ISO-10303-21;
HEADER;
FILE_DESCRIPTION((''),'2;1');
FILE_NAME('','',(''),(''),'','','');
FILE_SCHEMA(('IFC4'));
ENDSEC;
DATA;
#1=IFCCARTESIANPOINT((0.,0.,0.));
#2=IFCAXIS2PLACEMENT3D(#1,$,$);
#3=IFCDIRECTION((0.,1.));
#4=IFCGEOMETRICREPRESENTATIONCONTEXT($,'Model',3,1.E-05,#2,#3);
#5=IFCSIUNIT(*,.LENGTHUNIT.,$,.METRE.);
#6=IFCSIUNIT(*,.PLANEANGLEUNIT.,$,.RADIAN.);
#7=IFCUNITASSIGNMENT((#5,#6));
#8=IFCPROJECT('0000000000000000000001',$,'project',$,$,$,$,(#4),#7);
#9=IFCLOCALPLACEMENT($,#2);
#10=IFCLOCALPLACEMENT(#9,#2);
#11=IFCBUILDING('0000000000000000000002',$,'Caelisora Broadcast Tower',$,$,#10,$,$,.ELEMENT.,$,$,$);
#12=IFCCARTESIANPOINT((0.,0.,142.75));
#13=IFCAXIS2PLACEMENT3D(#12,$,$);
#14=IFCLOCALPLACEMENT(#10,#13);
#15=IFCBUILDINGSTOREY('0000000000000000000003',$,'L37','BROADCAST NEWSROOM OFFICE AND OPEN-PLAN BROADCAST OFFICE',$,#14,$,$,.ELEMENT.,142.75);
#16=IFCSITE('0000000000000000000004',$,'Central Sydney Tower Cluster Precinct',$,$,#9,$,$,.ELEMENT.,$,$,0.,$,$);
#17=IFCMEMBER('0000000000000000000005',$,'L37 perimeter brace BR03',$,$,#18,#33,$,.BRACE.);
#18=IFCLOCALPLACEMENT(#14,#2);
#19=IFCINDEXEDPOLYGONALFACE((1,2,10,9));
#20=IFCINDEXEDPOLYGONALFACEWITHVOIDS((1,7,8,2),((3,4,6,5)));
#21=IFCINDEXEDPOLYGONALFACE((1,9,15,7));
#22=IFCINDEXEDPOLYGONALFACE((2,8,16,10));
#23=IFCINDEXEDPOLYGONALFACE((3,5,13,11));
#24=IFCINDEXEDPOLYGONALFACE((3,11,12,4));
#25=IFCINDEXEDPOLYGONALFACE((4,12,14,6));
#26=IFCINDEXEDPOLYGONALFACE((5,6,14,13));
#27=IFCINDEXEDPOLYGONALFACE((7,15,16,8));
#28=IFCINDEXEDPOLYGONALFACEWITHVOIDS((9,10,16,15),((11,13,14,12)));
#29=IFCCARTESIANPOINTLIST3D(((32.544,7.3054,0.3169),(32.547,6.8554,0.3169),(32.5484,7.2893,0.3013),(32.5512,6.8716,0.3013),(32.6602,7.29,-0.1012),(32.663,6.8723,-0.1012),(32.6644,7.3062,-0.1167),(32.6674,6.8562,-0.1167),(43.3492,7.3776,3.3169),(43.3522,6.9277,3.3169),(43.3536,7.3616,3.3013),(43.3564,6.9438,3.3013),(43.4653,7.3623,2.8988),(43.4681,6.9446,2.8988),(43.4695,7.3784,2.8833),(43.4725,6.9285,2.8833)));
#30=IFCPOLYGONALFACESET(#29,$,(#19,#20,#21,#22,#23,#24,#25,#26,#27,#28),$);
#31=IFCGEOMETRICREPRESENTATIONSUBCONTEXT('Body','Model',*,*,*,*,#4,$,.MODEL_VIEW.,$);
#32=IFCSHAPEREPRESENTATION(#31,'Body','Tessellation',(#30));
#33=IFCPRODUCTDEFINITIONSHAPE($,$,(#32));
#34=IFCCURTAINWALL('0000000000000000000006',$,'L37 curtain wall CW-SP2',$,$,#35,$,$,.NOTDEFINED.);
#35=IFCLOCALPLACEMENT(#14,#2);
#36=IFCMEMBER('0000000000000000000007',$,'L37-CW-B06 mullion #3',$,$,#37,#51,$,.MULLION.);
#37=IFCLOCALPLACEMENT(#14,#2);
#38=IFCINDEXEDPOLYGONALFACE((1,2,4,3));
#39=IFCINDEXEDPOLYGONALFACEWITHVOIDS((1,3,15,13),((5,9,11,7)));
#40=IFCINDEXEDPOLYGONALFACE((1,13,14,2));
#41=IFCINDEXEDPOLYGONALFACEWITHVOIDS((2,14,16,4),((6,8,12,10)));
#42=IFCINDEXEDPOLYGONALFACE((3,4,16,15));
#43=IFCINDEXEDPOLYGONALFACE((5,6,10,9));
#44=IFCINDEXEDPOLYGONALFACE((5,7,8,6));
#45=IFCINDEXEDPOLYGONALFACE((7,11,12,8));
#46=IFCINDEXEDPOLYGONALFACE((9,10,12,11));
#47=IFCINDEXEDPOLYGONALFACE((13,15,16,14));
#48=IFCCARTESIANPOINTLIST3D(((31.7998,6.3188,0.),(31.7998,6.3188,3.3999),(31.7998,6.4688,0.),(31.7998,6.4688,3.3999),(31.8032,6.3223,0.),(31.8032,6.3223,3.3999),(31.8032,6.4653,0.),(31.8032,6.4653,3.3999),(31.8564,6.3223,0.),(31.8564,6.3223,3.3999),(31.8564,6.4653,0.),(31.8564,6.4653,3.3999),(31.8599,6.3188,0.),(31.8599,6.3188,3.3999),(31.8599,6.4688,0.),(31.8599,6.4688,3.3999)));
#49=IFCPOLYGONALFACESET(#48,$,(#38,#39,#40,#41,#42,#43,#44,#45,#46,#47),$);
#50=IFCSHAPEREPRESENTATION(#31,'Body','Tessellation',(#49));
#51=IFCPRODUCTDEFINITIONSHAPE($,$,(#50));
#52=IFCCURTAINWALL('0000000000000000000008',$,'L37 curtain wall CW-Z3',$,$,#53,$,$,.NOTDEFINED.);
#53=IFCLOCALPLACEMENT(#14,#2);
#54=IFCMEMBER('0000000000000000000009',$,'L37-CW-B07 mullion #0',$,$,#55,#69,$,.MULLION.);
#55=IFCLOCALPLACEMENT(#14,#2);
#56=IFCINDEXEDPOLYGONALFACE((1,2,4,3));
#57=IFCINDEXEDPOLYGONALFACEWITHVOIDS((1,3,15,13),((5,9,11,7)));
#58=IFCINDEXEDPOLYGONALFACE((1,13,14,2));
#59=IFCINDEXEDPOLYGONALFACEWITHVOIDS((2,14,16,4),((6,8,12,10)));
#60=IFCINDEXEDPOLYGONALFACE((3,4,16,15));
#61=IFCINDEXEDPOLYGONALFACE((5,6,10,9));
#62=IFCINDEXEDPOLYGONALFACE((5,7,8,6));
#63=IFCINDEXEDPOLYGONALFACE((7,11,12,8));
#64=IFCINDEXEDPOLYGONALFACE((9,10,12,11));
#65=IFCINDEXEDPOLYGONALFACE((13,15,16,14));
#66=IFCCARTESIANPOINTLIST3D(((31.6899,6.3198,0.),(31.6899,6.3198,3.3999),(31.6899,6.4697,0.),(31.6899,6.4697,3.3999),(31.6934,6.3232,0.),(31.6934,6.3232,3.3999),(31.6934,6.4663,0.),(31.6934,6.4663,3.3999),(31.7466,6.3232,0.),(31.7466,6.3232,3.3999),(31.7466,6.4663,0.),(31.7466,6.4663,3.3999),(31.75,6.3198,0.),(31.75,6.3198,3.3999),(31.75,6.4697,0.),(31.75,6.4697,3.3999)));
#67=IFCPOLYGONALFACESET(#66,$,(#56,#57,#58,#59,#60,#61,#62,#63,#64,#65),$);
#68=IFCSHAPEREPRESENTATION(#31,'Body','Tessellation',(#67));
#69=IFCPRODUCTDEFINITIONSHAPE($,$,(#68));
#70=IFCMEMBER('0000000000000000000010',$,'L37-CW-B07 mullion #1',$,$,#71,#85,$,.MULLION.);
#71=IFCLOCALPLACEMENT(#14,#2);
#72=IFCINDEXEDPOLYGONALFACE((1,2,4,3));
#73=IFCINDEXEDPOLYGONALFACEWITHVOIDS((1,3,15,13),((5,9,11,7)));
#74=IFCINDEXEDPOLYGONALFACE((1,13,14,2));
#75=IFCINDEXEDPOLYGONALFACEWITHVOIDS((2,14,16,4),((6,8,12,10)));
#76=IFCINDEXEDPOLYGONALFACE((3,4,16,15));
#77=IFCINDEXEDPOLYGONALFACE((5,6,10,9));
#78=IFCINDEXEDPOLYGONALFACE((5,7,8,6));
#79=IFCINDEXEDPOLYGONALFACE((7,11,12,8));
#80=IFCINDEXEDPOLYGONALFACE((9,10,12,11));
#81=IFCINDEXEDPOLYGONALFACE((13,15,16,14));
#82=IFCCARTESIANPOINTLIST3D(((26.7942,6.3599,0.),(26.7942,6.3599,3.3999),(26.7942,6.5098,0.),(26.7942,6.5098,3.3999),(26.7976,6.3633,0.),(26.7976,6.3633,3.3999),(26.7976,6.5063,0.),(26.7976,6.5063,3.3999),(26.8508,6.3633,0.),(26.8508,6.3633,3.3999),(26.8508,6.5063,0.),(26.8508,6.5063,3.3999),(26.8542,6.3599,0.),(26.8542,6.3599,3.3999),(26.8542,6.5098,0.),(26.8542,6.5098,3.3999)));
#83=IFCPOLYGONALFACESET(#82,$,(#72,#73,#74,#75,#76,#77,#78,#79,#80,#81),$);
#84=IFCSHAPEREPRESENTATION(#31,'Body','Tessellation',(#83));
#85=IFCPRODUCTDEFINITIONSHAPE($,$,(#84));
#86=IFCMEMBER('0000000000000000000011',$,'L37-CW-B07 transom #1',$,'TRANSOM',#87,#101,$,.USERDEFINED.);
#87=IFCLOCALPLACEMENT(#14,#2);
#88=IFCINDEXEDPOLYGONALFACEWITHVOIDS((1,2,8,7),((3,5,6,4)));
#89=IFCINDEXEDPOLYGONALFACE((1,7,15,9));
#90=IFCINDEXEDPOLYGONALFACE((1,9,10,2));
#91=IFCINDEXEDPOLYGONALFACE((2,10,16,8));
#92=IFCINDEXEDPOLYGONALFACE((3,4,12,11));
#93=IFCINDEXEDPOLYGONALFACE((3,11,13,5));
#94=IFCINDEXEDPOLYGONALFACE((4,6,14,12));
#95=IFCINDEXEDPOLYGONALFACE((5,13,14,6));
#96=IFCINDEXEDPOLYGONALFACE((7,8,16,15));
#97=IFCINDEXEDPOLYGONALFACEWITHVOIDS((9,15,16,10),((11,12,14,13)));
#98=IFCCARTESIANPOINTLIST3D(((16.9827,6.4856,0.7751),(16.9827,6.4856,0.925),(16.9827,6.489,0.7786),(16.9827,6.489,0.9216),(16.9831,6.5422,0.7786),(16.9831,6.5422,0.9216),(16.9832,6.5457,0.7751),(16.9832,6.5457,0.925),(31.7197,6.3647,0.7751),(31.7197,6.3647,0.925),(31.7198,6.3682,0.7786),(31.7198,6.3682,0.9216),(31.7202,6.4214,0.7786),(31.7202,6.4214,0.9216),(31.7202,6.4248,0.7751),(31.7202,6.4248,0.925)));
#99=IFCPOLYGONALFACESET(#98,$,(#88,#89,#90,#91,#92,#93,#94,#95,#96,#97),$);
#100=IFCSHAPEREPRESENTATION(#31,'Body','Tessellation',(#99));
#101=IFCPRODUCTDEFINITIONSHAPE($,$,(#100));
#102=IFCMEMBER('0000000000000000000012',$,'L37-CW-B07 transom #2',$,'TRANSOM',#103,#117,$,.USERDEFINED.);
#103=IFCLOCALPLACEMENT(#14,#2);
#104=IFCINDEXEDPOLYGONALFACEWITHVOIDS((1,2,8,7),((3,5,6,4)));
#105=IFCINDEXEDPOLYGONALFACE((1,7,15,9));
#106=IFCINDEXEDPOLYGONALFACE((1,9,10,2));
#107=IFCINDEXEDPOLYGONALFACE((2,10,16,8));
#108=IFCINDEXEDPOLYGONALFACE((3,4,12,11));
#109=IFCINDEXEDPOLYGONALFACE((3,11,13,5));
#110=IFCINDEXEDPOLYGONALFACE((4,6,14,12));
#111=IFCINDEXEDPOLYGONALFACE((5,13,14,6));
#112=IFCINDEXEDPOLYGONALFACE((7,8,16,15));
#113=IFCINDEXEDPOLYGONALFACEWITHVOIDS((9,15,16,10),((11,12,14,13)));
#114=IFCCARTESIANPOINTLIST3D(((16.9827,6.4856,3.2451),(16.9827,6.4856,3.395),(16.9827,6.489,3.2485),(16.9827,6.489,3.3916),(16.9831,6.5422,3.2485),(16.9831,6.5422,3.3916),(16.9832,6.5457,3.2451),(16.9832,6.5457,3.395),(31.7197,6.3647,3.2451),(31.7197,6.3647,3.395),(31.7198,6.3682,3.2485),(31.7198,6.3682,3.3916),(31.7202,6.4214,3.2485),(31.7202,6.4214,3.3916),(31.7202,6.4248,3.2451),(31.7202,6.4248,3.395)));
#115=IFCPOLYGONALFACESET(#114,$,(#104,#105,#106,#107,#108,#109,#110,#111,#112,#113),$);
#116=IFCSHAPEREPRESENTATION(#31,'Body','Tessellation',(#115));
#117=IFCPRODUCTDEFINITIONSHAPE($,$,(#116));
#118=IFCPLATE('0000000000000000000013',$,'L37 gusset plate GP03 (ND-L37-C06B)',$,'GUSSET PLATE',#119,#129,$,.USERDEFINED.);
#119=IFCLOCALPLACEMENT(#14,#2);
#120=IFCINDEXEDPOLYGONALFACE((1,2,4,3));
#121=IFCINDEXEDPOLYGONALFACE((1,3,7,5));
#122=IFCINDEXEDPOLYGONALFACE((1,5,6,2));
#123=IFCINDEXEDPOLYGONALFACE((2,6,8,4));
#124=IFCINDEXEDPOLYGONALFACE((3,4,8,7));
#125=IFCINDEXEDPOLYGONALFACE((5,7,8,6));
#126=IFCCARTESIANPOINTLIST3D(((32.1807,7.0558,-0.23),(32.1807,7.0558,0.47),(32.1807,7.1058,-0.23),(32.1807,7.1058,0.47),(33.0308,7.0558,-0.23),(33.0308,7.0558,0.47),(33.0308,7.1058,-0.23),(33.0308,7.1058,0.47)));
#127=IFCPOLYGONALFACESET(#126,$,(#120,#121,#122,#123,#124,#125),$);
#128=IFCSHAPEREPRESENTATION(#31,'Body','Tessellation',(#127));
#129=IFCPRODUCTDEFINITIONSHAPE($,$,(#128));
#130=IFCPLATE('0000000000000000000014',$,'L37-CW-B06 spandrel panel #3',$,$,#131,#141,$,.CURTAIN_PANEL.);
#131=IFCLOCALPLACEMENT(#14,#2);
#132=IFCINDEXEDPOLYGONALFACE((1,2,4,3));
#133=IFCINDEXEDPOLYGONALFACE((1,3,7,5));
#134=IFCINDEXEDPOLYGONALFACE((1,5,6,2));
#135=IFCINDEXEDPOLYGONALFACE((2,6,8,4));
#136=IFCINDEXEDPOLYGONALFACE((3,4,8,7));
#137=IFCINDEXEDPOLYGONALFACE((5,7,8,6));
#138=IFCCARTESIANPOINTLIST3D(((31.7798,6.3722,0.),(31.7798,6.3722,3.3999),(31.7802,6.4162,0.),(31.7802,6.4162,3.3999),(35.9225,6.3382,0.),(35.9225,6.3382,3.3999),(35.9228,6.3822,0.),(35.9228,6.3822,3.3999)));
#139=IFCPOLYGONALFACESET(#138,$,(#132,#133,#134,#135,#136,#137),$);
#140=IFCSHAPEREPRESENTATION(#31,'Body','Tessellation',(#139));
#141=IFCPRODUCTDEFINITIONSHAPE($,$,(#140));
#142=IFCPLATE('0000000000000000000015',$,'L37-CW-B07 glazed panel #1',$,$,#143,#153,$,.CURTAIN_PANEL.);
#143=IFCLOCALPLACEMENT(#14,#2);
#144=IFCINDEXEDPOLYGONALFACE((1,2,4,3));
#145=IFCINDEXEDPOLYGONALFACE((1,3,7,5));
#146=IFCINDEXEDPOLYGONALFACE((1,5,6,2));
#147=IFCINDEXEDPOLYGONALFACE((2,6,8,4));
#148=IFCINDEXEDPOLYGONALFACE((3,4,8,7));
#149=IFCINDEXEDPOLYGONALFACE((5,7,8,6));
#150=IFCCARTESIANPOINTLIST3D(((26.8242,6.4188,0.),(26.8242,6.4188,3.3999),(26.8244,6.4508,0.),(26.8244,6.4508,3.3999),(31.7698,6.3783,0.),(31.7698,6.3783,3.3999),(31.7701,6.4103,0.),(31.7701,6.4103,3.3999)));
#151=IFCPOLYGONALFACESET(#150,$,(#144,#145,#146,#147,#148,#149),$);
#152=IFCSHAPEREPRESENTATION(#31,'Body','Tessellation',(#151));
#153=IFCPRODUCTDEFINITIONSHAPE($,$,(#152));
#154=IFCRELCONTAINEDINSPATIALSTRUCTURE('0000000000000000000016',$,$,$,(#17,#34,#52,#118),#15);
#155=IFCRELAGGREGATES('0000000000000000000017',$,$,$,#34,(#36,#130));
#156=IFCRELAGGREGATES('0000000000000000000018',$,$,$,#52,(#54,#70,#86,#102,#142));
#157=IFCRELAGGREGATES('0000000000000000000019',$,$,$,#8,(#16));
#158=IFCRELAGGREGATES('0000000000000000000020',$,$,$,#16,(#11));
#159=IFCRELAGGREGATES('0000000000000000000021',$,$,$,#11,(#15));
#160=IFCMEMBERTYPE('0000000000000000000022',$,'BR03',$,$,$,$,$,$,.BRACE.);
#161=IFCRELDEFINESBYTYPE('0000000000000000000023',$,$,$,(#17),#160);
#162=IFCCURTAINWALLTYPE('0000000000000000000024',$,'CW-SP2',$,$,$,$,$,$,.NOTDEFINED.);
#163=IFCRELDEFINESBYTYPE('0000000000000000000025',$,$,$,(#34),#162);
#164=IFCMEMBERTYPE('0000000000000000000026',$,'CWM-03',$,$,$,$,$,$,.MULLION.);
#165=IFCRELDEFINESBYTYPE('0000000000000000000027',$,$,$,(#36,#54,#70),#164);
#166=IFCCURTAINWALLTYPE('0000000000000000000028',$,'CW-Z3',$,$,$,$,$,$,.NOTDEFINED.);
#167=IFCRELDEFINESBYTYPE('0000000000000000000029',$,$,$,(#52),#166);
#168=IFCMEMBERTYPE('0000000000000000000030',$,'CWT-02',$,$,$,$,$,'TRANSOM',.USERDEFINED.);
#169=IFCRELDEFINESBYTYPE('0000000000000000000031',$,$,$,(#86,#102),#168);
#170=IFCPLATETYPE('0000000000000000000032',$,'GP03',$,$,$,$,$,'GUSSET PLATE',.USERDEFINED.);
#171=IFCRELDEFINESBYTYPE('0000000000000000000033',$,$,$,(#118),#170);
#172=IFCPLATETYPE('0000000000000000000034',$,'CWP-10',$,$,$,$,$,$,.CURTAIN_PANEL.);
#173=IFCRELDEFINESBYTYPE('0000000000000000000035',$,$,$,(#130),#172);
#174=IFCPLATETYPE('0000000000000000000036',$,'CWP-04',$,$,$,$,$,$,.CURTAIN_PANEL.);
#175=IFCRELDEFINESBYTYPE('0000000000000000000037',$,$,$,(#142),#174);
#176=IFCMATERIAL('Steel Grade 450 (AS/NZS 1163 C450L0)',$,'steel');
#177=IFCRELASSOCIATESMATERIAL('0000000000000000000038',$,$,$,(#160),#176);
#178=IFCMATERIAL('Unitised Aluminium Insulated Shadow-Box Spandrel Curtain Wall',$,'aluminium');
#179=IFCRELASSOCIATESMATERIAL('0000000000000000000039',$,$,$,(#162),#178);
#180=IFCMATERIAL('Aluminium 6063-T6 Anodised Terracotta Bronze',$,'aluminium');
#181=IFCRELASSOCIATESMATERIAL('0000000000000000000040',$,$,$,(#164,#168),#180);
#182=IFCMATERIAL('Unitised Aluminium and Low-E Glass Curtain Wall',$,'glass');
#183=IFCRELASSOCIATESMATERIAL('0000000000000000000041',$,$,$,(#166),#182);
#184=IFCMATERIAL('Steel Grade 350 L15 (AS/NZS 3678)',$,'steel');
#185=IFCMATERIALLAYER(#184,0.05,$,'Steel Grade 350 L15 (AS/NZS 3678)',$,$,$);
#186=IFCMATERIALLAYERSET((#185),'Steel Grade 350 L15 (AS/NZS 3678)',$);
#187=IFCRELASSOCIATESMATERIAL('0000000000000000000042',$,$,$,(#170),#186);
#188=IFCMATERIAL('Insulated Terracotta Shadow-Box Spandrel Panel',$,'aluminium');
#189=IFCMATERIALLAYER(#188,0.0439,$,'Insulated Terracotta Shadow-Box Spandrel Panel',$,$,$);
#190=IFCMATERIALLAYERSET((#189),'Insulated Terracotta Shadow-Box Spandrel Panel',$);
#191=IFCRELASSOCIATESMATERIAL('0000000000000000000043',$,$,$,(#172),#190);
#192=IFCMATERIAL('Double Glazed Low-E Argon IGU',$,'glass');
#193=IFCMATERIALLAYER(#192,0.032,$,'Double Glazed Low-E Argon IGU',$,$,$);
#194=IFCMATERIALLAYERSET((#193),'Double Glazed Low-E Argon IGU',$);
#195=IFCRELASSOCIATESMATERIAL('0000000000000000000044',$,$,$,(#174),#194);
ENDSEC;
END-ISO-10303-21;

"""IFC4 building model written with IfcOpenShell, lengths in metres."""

from ifc_helpers import new_model, si_unit, direction, frame, origin, origin_2d, place, context, subcontext, project, spatial, rectangle, hollow_rectangle, extrude, source, transform, mapped, material, layer, layer_set, material_profile, profile_set, type_object, type_shapes, element, aggregate, save


model = new_model("IFC4")

# Units and contexts
model_context = context("Model", 3, precision=1e-05, world=origin(), true_north=direction((0.0, 1.0)))
body_context = subcontext(model_context, "Body", "Model", "MODEL_VIEW")
ifc_project = project(units=[si_unit("LENGTHUNIT", "METRE"), si_unit("PLANEANGLEUNIT", "RADIAN")], contexts=[model_context])

# Site, building, storey
site_placement = place(None, origin())
site = spatial("IfcSite", under=ifc_project, at=site_placement, Name="Central Sydney Tower Cluster Precinct", CompositionType="ELEMENT", RefElevation=0.0)
building_placement = place(site_placement, origin())
building = spatial("IfcBuilding", under=site, at=building_placement, Name="Caelisora Broadcast Tower", CompositionType="ELEMENT")
storey_placement = place(building_placement, frame((0.0, 0.0, 142.75)))
storey = spatial("IfcBuildingStorey", under=building, at=storey_placement, Name="L37", Description="BROADCAST NEWSROOM OFFICE AND OPEN-PLAN BROADCAST OFFICE", CompositionType="ELEMENT", Elevation=142.75)

# Shared definitions
ifc_material_1 = material(Name="Steel Grade 350 L15 (AS/NZS 3678)", Category="steel")

# Member
ifc_material_2 = material(Name="Steel Grade 450 (AS/NZS 1163 C450L0)", Category="steel")
ifc_material_profile_1 = material_profile(ifc_material_2, hollow_rectangle(XDim=0.45, YDim=0.45, WallThickness=0.0161, at=origin_2d()), Name="Steel Grade 450 (AS/NZS 1163 C450L0)")
ifc_profile_set_1 = profile_set([ifc_material_profile_1], Name="Steel Grade 450 (AS/NZS 1163 C450L0)")
member_type_1 = type_object("IfcMemberType", Name="BR03", PredefinedType="BRACE", material=ifc_profile_set_1)
shared_shape_1 = source(origin(), body_context, "Body", "SweptSolid", [
    extrude(hollow_rectangle(XDim=0.45, YDim=0.45, WallThickness=0.0161, at=origin_2d()), origin(), (0.0, 0.0, 1.0), 11.2141),
])
type_shapes(member_type_1, [shared_shape_1])
member_1_placement = place(storey_placement, frame((32.6057, 7.0808, 0.1001), z_axis=(0.963531, 0.006444, 0.267519), x_axis=(-0.006688, 0.999978, 0.0)))
element("IfcMember", 1, at=member_1_placement, inside=storey, type_object=member_type_1, Name="L37 perimeter brace BR03", PredefinedType="BRACE", context=body_context, shape_type="MappedRepresentation", body=[
    mapped(shared_shape_1, transform((0.0, 0.0, 0.0), scale=1.0)),
])

# Curtain wall, member
ifc_material_3 = material(Name="Unitised Aluminium Insulated Shadow-Box Spandrel Curtain Wall", Category="aluminium")
curtain_wall_type_1 = type_object("IfcCurtainWallType", Name="CW-SP2", PredefinedType="NOTDEFINED", material=ifc_material_3)
curtain_wall_1_placement = place(storey_placement, origin())
curtain_wall_1 = element("IfcCurtainWall", 2, at=curtain_wall_1_placement, inside=storey, type_object=curtain_wall_type_1, Name="L37 curtain wall CW-SP2", PredefinedType="NOTDEFINED")
ifc_material_4 = material(Name="Aluminium 6063-T6 Anodised Terracotta Bronze", Category="aluminium")
ifc_material_profile_2 = material_profile(ifc_material_4, hollow_rectangle(XDim=0.0601, YDim=0.1499, WallThickness=0.0034, at=origin_2d()), Name="Aluminium 6063-T6 Anodised Terracotta Bronze")
ifc_profile_set_2 = profile_set([ifc_material_profile_2], Name="Aluminium 6063-T6 Anodised Terracotta Bronze")
member_type_2 = type_object("IfcMemberType", Name="CWM-03", PredefinedType="MULLION", material=ifc_profile_set_2)
shared_shape_2 = source(origin(), body_context, "Body", "SweptSolid", [
    extrude(hollow_rectangle(XDim=0.0601, YDim=0.1499, WallThickness=0.0034, at=origin_2d()), origin(), (0.0, 0.0, 1.0), 3.3999),
])
type_shapes(member_type_2, [shared_shape_2])
member_2_placement = place(storey_placement, frame((31.8298, 6.3938, 0.0), z_axis=(0.0, 0.0, 1.0), x_axis=(1.0, 0.0, 0.0)))
member_2 = element("IfcMember", 3, at=member_2_placement, type_object=member_type_2, Name="L37-CW-B06 mullion #3", PredefinedType="MULLION", context=body_context, shape_type="MappedRepresentation", body=[
    mapped(shared_shape_2, transform((0.0, 0.0, 0.0), scale=1.0)),
])

# Curtain wall, members
ifc_material_5 = material(Name="Unitised Aluminium and Low-E Glass Curtain Wall", Category="glass")
curtain_wall_type_2 = type_object("IfcCurtainWallType", Name="CW-Z3", PredefinedType="NOTDEFINED", material=ifc_material_5)
curtain_wall_2_placement = place(storey_placement, origin())
curtain_wall_2 = element("IfcCurtainWall", 4, at=curtain_wall_2_placement, inside=storey, type_object=curtain_wall_type_2, Name="L37 curtain wall CW-Z3", PredefinedType="NOTDEFINED")
member_3_placement = place(storey_placement, frame((31.72, 6.3948, 0.0), z_axis=(0.0, 0.0, 1.0), x_axis=(1.0, 0.0, 0.0)))
member_3 = element("IfcMember", 5, at=member_3_placement, type_object=member_type_2, Name="L37-CW-B07 mullion #0", PredefinedType="MULLION", context=body_context, shape_type="MappedRepresentation", body=[
    mapped(shared_shape_2, transform((0.0, 0.0, 0.0), scale=1.0)),
])
member_4_placement = place(storey_placement, frame((26.8242, 6.4348, 0.0), z_axis=(0.0, 0.0, 1.0), x_axis=(1.0, 0.0, 0.0)))
member_4 = element("IfcMember", 6, at=member_4_placement, type_object=member_type_2, Name="L37-CW-B07 mullion #1", PredefinedType="MULLION", context=body_context, shape_type="MappedRepresentation", body=[
    mapped(shared_shape_2, transform((0.0, 0.0, 0.0), scale=1.0)),
])
ifc_material_profile_3 = material_profile(ifc_material_4, hollow_rectangle(XDim=0.0601, YDim=0.1499, WallThickness=0.0034, at=origin_2d()), Name="Aluminium 6063-T6 Anodised Terracotta Bronze")
ifc_profile_set_3 = profile_set([ifc_material_profile_3], Name="Aluminium 6063-T6 Anodised Terracotta Bronze")
member_type_3 = type_object("IfcMemberType", Name="CWT-02", ElementType="TRANSOM", PredefinedType="USERDEFINED", material=ifc_profile_set_3)
shared_shape_3 = source(origin(), body_context, "Body", "SweptSolid", [
    extrude(hollow_rectangle(XDim=0.0601, YDim=0.1499, WallThickness=0.0034, at=origin_2d()), origin(), (0.0, 0.0, 1.0), 14.7375),
])
type_shapes(member_type_3, [shared_shape_3])
member_5_placement = place(storey_placement, frame((31.72, 6.3948, 0.8501), z_axis=(-0.999966, 0.0082, 0.0), x_axis=(-0.0082, -0.999966, 0.0)))
member_5 = element("IfcMember", 7, at=member_5_placement, type_object=member_type_3, Name="L37-CW-B07 transom #1", ObjectType="TRANSOM", PredefinedType="USERDEFINED", context=body_context, shape_type="MappedRepresentation", body=[
    mapped(shared_shape_3, transform((0.0, 0.0, 0.0), scale=1.0)),
])
member_6_placement = place(storey_placement, frame((31.72, 6.3948, 3.3201), z_axis=(-0.999966, 0.0082, 0.0), x_axis=(-0.0082, -0.999966, 0.0)))
member_6 = element("IfcMember", 8, at=member_6_placement, type_object=member_type_3, Name="L37-CW-B07 transom #2", ObjectType="TRANSOM", PredefinedType="USERDEFINED", context=body_context, shape_type="MappedRepresentation", body=[
    mapped(shared_shape_3, transform((0.0, 0.0, 0.0), scale=1.0)),
])

# Plates
ifc_layer_1 = layer(ifc_material_1, 0.05, Name="Steel Grade 350 L15 (AS/NZS 3678)")
ifc_layer_set_1 = layer_set([ifc_layer_1], Name="Steel Grade 350 L15 (AS/NZS 3678)")
plate_type_1 = type_object("IfcPlateType", Name="GP03", ElementType="GUSSET PLATE", PredefinedType="USERDEFINED", material=ifc_layer_set_1)
shared_shape_4 = source(origin(), body_context, "Body", "SweptSolid", [
    extrude(rectangle(XDim=0.8501, YDim=0.05, at=origin_2d()), origin(), (0.0, 0.0, 1.0), 0.7),
])
type_shapes(plate_type_1, [shared_shape_4])
plate_1_placement = place(storey_placement, frame((32.6057, 7.0808, -0.23), z_axis=(0.0, 0.0, 1.0), x_axis=(1.0, 0.0, 0.0)))
element("IfcPlate", 9, at=plate_1_placement, inside=storey, type_object=plate_type_1, Name="L37 gusset plate GP03 (ND-L37-C06B)", ObjectType="GUSSET PLATE", PredefinedType="USERDEFINED", context=body_context, shape_type="MappedRepresentation", body=[
    mapped(shared_shape_4, transform((0.0, 0.0, 0.0), scale=1.0)),
])
ifc_material_6 = material(Name="Insulated Terracotta Shadow-Box Spandrel Panel", Category="aluminium")
ifc_layer_2 = layer(ifc_material_6, 0.0439, Name="Insulated Terracotta Shadow-Box Spandrel Panel")
ifc_layer_set_2 = layer_set([ifc_layer_2], Name="Insulated Terracotta Shadow-Box Spandrel Panel")
plate_type_2 = type_object("IfcPlateType", Name="CWP-10", PredefinedType="CURTAIN_PANEL", material=ifc_layer_set_2)
shared_shape_5 = source(origin(), body_context, "Body", "SweptSolid", [
    extrude(rectangle(XDim=4.1428, YDim=0.0439, at=origin_2d()), origin(), (0.0, 0.0, 1.0), 3.3999),
])
type_shapes(plate_type_2, [shared_shape_5])
plate_2_placement = place(storey_placement, frame((33.8513, 6.3772, 0.0), z_axis=(0.0, 0.0, 1.0), x_axis=(-0.999966, 0.008203, 0.0)))
plate_2 = element("IfcPlate", 10, at=plate_2_placement, type_object=plate_type_2, Name="L37-CW-B06 spandrel panel #3", PredefinedType="CURTAIN_PANEL", context=body_context, shape_type="MappedRepresentation", body=[
    mapped(shared_shape_5, transform((0.0, 0.0, 0.0), scale=1.0)),
])
aggregate(curtain_wall_1, [member_2, plate_2])
ifc_material_7 = material(Name="Double Glazed Low-E Argon IGU", Category="glass")
ifc_layer_3 = layer(ifc_material_7, 0.032, Name="Double Glazed Low-E Argon IGU")
ifc_layer_set_3 = layer_set([ifc_layer_3], Name="Double Glazed Low-E Argon IGU")
plate_type_3 = type_object("IfcPlateType", Name="CWP-04", PredefinedType="CURTAIN_PANEL", material=ifc_layer_set_3)
shared_shape_6 = source(origin(), body_context, "Body", "SweptSolid", [
    extrude(rectangle(XDim=4.9458, YDim=0.032, at=origin_2d()), origin(), (0.0, 0.0, 1.0), 3.3999),
])
type_shapes(plate_type_3, [shared_shape_6])
plate_3_placement = place(storey_placement, frame((29.2971, 6.4146, 0.0), z_axis=(0.0, 0.0, 1.0), x_axis=(-0.999966, 0.008203, 0.0)))
plate_3 = element("IfcPlate", 11, at=plate_3_placement, type_object=plate_type_3, Name="L37-CW-B07 glazed panel #1", PredefinedType="CURTAIN_PANEL", context=body_context, shape_type="MappedRepresentation", body=[
    mapped(shared_shape_6, transform((0.0, 0.0, 0.0), scale=1.0)),
])
aggregate(curtain_wall_2, [member_3, member_4, member_5, member_6, plate_3])

save(model, "model.ifc")
